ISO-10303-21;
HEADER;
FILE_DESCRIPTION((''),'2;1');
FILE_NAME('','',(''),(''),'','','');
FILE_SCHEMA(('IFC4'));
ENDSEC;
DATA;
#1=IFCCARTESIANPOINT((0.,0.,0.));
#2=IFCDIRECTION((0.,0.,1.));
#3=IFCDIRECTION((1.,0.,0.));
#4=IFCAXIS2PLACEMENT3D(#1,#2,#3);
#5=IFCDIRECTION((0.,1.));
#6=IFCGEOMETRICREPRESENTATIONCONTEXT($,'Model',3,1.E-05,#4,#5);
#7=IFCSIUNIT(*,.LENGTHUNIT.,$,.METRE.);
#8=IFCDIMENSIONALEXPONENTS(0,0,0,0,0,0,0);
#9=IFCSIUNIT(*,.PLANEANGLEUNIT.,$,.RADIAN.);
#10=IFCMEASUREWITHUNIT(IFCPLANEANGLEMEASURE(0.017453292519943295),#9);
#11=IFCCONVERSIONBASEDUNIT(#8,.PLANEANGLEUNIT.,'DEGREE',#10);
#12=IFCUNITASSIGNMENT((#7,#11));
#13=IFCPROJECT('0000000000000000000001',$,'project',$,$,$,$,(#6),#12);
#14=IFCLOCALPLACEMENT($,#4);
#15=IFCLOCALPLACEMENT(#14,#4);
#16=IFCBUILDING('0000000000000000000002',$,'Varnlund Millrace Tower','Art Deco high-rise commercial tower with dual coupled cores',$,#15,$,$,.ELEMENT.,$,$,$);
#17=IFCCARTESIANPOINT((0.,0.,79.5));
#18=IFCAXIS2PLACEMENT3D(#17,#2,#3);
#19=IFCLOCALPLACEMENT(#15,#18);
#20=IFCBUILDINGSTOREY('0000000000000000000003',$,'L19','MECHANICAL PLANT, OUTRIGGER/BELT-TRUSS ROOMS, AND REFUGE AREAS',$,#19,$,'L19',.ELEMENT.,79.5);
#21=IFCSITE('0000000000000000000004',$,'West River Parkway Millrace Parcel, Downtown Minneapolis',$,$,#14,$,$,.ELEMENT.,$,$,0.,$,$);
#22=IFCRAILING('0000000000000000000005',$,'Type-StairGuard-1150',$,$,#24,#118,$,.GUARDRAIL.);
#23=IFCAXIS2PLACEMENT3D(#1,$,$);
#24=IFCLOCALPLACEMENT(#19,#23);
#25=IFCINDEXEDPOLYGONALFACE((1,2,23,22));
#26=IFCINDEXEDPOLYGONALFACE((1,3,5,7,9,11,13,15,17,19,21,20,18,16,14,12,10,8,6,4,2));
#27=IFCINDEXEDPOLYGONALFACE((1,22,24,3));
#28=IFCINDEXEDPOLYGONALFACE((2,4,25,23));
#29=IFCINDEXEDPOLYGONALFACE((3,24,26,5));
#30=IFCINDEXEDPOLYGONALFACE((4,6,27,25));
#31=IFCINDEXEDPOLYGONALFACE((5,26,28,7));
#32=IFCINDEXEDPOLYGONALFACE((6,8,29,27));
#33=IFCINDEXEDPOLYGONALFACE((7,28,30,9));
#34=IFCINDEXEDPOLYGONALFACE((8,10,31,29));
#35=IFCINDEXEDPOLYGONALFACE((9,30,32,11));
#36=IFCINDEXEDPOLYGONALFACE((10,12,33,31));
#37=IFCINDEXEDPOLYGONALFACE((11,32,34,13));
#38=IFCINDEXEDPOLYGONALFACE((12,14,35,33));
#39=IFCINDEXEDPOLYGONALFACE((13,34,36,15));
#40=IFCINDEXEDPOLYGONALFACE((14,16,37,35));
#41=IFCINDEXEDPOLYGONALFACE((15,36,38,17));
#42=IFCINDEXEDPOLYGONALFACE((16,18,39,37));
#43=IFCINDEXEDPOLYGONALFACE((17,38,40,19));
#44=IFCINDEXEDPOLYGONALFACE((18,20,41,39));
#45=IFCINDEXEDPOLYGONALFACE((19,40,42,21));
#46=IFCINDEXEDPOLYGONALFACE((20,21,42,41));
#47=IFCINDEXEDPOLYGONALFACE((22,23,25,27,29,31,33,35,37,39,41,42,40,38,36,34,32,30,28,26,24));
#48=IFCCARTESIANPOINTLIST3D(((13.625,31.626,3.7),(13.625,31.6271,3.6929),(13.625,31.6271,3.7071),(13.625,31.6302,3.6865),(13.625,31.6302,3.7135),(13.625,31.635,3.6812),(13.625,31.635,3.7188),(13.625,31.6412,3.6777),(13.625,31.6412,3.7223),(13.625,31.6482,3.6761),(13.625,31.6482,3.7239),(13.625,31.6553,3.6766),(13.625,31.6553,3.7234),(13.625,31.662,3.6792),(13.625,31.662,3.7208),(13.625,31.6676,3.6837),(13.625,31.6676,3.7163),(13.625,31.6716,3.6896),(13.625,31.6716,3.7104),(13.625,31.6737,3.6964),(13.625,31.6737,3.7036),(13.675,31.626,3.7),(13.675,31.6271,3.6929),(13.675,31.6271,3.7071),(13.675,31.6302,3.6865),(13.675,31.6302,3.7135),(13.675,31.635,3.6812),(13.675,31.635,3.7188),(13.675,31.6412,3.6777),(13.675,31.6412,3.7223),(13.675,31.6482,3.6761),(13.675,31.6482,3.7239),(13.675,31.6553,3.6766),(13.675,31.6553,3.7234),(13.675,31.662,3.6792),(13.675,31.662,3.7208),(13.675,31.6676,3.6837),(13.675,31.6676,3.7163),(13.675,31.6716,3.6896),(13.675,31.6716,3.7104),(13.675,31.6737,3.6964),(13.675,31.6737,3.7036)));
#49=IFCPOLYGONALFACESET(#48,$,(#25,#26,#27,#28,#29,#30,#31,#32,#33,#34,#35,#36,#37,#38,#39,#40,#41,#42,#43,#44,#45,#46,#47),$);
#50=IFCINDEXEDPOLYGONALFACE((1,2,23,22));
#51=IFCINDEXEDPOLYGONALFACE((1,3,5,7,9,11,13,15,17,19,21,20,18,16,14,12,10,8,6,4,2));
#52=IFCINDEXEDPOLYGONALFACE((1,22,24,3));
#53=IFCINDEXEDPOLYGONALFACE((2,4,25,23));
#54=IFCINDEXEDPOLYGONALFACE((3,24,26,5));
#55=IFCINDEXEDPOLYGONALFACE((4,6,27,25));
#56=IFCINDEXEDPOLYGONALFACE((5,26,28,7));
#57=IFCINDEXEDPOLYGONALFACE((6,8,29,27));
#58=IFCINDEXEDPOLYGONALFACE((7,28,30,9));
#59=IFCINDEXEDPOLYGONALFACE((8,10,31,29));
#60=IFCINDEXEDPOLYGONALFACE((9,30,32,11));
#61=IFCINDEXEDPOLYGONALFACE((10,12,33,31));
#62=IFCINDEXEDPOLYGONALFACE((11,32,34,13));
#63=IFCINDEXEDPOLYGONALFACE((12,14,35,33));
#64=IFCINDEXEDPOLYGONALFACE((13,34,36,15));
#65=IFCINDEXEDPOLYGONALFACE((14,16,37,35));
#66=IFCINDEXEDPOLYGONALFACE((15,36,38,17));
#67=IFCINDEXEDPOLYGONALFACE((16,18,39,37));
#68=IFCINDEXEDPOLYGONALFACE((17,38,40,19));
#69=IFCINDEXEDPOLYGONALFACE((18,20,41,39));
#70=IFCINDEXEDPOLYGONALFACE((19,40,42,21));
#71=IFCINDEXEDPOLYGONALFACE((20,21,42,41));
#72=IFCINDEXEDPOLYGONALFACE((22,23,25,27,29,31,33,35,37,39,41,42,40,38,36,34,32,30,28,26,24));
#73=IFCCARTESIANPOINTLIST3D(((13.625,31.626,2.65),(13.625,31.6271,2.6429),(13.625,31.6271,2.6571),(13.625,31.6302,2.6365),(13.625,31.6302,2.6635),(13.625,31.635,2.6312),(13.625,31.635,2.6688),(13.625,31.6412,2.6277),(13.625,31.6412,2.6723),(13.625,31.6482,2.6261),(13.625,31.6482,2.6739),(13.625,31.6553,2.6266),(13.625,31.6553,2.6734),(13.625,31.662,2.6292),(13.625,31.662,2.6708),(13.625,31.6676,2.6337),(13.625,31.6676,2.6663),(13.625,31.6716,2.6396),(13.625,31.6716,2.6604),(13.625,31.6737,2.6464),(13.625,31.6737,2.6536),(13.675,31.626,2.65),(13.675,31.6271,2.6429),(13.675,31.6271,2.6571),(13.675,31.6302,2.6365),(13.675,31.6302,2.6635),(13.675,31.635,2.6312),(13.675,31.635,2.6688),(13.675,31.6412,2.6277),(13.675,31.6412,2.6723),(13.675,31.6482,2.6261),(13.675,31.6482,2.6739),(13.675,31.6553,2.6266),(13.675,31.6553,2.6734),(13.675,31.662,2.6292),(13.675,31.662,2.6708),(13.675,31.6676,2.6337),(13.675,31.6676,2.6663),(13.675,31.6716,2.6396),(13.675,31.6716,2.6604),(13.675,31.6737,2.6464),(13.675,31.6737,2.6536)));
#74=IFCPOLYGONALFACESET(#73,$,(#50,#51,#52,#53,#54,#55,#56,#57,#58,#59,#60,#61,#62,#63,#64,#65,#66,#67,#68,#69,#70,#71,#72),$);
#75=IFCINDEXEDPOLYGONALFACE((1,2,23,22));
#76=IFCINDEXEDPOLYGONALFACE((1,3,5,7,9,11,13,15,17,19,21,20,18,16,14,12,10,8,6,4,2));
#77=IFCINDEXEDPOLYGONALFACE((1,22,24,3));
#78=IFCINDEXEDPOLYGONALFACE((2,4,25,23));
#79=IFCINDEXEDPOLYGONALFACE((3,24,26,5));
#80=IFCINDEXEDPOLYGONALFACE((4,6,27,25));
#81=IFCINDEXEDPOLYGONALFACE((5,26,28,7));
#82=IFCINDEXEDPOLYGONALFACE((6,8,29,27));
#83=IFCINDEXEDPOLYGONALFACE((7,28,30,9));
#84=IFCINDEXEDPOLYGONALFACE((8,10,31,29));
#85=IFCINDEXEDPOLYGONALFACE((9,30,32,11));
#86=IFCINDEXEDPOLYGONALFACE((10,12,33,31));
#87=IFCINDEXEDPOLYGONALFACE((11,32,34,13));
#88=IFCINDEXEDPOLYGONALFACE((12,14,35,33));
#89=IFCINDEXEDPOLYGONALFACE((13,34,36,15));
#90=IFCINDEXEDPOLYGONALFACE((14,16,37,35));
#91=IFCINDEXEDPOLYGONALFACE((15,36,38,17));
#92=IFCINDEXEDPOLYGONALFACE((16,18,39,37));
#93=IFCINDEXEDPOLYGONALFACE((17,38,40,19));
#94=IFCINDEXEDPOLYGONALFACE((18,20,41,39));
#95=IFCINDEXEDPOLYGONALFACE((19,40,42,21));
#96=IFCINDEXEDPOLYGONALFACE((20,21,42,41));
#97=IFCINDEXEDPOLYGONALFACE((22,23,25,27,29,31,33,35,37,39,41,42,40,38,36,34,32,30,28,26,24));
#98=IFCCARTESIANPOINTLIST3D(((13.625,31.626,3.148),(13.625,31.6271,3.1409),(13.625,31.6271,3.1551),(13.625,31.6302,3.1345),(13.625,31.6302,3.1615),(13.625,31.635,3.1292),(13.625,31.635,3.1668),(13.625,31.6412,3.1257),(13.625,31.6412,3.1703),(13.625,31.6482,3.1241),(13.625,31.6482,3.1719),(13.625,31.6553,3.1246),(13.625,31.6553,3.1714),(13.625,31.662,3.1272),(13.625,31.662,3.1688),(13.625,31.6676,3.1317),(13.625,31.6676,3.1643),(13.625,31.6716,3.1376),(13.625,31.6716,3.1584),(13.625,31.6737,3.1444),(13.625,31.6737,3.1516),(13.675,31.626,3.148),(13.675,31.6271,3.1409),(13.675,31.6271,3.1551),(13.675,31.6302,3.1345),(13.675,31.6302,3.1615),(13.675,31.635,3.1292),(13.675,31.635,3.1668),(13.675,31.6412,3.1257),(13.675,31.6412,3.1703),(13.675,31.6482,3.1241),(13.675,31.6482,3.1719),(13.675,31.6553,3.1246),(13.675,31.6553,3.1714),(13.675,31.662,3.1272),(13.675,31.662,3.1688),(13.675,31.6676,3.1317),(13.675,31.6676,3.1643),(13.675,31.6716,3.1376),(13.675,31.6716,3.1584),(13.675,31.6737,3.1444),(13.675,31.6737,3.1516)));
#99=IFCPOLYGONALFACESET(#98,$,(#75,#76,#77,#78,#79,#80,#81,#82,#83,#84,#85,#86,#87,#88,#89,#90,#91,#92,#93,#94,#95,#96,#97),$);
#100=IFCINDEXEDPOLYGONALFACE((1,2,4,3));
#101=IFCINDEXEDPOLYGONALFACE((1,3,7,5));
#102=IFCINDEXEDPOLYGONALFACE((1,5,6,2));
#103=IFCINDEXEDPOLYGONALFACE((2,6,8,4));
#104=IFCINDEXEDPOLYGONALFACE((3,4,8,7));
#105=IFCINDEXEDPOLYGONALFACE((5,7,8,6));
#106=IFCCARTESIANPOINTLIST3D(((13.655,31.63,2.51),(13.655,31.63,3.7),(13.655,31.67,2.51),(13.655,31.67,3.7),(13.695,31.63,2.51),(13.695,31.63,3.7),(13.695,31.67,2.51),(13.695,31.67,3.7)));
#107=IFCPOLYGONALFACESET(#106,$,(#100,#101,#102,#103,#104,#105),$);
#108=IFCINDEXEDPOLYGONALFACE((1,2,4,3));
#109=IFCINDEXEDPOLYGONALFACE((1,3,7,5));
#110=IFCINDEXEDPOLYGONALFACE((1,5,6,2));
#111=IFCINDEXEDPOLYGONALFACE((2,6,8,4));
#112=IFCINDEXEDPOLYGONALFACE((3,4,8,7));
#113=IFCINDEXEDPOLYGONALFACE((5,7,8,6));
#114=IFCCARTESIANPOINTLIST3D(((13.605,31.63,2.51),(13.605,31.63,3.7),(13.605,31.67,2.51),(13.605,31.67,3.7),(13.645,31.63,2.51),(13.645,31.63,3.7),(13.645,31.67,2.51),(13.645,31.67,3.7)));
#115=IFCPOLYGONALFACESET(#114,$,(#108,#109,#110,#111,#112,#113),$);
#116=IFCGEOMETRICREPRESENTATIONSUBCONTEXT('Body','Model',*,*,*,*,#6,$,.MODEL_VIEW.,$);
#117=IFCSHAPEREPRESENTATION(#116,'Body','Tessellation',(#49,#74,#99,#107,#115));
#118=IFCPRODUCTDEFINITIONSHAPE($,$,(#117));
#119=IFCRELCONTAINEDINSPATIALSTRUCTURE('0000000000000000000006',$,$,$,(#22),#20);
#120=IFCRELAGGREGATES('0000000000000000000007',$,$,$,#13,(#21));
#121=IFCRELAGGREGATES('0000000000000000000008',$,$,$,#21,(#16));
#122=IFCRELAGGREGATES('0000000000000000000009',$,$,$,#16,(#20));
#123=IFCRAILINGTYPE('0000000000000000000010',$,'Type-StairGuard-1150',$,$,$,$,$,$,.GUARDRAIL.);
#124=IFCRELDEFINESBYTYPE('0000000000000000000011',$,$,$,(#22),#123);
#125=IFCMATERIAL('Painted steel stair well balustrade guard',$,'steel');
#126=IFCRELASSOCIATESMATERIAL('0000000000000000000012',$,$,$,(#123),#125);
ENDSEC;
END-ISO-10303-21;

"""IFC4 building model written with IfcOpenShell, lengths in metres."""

from ifc_helpers import new_model, entity, si_unit, converted_unit, direction, frame, origin_with_axes, origin_2d_with_axis, place, context, subcontext, project, spatial, rectangle, circle, extrude, material, type_object, element, save


model = new_model("IFC4")

# Units and contexts
model_context = context("Model", 3, precision=1e-05, world=origin_with_axes(), true_north=direction((0.0, 1.0)))
body_context = subcontext(model_context, "Body", "Model", "MODEL_VIEW")
ifc_project = project(units=[si_unit("LENGTHUNIT", "METRE"), converted_unit("PLANEANGLEUNIT", "DEGREE", entity("IfcPlaneAngleMeasure", 0.017453292519943295), si_unit("PLANEANGLEUNIT", "RADIAN"), dimensions=[0, 0, 0, 0, 0, 0, 0])], contexts=[model_context])

# Site, building, storey
site_placement = place(None, origin_with_axes())
site = spatial("IfcSite", under=ifc_project, at=site_placement, Name="West River Parkway Millrace Parcel, Downtown Minneapolis", CompositionType="ELEMENT", RefElevation=0.0)
building_placement = place(site_placement, origin_with_axes())
building = spatial("IfcBuilding", under=site, at=building_placement, Name="Varnlund Millrace Tower", Description="Art Deco high-rise commercial tower with dual coupled cores", CompositionType="ELEMENT")
storey_placement = place(building_placement, frame((0.0, 0.0, 79.5), z_axis=(0.0, 0.0, 1.0), x_axis=(1.0, 0.0, 0.0)))
storey = spatial("IfcBuildingStorey", under=building, at=storey_placement, Name="L19", Description="MECHANICAL PLANT, OUTRIGGER/BELT-TRUSS ROOMS, AND REFUGE AREAS", LongName="L19", CompositionType="ELEMENT", Elevation=79.5)

# Railing
ifc_material_1 = material(Name="Painted steel stair well balustrade guard", Category="steel")
railing_type_1 = type_object("IfcRailingType", Name="Type-StairGuard-1150", PredefinedType="GUARDRAIL", material=ifc_material_1)
railing_1_placement = place(storey_placement, frame((0.0, 0.0, -79.5), z_axis=(0.0, 0.0, 1.0), x_axis=(1.0, 0.0, 0.0)))
element("IfcRailing", 1, at=railing_1_placement, inside=storey, type_object=railing_type_1, Name="Type-StairGuard-1150", PredefinedType="GUARDRAIL", context=body_context, shape_type="SweptSolid", body=[
    extrude(circle(Radius=0.024, at=origin_2d_with_axis()), frame((13.675, 31.65, 83.2), z_axis=(-1.0, 0.0, 0.0), x_axis=(0.0, -1.0, 0.0)), (0.0, 0.0, 1.0), 0.05),
    extrude(circle(Radius=0.024, at=origin_2d_with_axis()), frame((13.675, 31.65, 82.15), z_axis=(-1.0, 0.0, 0.0), x_axis=(0.0, -1.0, 0.0)), (0.0, 0.0, 1.0), 0.05),
    extrude(circle(Radius=0.024, at=origin_2d_with_axis()), frame((13.675, 31.65, 82.648), z_axis=(-1.0, 0.0, 0.0), x_axis=(0.0, -1.0, 0.0)), (0.0, 0.0, 1.0), 0.05),
    extrude(rectangle(XDim=0.04, YDim=0.04, at=origin_2d_with_axis()), frame((13.675, 31.65, 82.01), z_axis=(0.0, 0.0, 1.0), x_axis=(1.0, 0.0, 0.0)), (0.0, 0.0, 1.0), 1.19),
    extrude(rectangle(XDim=0.04, YDim=0.04, at=origin_2d_with_axis()), frame((13.625, 31.65, 82.01), z_axis=(0.0, 0.0, 1.0), x_axis=(1.0, 0.0, 0.0)), (0.0, 0.0, 1.0), 1.19),
])

save(model, "model.ifc")
